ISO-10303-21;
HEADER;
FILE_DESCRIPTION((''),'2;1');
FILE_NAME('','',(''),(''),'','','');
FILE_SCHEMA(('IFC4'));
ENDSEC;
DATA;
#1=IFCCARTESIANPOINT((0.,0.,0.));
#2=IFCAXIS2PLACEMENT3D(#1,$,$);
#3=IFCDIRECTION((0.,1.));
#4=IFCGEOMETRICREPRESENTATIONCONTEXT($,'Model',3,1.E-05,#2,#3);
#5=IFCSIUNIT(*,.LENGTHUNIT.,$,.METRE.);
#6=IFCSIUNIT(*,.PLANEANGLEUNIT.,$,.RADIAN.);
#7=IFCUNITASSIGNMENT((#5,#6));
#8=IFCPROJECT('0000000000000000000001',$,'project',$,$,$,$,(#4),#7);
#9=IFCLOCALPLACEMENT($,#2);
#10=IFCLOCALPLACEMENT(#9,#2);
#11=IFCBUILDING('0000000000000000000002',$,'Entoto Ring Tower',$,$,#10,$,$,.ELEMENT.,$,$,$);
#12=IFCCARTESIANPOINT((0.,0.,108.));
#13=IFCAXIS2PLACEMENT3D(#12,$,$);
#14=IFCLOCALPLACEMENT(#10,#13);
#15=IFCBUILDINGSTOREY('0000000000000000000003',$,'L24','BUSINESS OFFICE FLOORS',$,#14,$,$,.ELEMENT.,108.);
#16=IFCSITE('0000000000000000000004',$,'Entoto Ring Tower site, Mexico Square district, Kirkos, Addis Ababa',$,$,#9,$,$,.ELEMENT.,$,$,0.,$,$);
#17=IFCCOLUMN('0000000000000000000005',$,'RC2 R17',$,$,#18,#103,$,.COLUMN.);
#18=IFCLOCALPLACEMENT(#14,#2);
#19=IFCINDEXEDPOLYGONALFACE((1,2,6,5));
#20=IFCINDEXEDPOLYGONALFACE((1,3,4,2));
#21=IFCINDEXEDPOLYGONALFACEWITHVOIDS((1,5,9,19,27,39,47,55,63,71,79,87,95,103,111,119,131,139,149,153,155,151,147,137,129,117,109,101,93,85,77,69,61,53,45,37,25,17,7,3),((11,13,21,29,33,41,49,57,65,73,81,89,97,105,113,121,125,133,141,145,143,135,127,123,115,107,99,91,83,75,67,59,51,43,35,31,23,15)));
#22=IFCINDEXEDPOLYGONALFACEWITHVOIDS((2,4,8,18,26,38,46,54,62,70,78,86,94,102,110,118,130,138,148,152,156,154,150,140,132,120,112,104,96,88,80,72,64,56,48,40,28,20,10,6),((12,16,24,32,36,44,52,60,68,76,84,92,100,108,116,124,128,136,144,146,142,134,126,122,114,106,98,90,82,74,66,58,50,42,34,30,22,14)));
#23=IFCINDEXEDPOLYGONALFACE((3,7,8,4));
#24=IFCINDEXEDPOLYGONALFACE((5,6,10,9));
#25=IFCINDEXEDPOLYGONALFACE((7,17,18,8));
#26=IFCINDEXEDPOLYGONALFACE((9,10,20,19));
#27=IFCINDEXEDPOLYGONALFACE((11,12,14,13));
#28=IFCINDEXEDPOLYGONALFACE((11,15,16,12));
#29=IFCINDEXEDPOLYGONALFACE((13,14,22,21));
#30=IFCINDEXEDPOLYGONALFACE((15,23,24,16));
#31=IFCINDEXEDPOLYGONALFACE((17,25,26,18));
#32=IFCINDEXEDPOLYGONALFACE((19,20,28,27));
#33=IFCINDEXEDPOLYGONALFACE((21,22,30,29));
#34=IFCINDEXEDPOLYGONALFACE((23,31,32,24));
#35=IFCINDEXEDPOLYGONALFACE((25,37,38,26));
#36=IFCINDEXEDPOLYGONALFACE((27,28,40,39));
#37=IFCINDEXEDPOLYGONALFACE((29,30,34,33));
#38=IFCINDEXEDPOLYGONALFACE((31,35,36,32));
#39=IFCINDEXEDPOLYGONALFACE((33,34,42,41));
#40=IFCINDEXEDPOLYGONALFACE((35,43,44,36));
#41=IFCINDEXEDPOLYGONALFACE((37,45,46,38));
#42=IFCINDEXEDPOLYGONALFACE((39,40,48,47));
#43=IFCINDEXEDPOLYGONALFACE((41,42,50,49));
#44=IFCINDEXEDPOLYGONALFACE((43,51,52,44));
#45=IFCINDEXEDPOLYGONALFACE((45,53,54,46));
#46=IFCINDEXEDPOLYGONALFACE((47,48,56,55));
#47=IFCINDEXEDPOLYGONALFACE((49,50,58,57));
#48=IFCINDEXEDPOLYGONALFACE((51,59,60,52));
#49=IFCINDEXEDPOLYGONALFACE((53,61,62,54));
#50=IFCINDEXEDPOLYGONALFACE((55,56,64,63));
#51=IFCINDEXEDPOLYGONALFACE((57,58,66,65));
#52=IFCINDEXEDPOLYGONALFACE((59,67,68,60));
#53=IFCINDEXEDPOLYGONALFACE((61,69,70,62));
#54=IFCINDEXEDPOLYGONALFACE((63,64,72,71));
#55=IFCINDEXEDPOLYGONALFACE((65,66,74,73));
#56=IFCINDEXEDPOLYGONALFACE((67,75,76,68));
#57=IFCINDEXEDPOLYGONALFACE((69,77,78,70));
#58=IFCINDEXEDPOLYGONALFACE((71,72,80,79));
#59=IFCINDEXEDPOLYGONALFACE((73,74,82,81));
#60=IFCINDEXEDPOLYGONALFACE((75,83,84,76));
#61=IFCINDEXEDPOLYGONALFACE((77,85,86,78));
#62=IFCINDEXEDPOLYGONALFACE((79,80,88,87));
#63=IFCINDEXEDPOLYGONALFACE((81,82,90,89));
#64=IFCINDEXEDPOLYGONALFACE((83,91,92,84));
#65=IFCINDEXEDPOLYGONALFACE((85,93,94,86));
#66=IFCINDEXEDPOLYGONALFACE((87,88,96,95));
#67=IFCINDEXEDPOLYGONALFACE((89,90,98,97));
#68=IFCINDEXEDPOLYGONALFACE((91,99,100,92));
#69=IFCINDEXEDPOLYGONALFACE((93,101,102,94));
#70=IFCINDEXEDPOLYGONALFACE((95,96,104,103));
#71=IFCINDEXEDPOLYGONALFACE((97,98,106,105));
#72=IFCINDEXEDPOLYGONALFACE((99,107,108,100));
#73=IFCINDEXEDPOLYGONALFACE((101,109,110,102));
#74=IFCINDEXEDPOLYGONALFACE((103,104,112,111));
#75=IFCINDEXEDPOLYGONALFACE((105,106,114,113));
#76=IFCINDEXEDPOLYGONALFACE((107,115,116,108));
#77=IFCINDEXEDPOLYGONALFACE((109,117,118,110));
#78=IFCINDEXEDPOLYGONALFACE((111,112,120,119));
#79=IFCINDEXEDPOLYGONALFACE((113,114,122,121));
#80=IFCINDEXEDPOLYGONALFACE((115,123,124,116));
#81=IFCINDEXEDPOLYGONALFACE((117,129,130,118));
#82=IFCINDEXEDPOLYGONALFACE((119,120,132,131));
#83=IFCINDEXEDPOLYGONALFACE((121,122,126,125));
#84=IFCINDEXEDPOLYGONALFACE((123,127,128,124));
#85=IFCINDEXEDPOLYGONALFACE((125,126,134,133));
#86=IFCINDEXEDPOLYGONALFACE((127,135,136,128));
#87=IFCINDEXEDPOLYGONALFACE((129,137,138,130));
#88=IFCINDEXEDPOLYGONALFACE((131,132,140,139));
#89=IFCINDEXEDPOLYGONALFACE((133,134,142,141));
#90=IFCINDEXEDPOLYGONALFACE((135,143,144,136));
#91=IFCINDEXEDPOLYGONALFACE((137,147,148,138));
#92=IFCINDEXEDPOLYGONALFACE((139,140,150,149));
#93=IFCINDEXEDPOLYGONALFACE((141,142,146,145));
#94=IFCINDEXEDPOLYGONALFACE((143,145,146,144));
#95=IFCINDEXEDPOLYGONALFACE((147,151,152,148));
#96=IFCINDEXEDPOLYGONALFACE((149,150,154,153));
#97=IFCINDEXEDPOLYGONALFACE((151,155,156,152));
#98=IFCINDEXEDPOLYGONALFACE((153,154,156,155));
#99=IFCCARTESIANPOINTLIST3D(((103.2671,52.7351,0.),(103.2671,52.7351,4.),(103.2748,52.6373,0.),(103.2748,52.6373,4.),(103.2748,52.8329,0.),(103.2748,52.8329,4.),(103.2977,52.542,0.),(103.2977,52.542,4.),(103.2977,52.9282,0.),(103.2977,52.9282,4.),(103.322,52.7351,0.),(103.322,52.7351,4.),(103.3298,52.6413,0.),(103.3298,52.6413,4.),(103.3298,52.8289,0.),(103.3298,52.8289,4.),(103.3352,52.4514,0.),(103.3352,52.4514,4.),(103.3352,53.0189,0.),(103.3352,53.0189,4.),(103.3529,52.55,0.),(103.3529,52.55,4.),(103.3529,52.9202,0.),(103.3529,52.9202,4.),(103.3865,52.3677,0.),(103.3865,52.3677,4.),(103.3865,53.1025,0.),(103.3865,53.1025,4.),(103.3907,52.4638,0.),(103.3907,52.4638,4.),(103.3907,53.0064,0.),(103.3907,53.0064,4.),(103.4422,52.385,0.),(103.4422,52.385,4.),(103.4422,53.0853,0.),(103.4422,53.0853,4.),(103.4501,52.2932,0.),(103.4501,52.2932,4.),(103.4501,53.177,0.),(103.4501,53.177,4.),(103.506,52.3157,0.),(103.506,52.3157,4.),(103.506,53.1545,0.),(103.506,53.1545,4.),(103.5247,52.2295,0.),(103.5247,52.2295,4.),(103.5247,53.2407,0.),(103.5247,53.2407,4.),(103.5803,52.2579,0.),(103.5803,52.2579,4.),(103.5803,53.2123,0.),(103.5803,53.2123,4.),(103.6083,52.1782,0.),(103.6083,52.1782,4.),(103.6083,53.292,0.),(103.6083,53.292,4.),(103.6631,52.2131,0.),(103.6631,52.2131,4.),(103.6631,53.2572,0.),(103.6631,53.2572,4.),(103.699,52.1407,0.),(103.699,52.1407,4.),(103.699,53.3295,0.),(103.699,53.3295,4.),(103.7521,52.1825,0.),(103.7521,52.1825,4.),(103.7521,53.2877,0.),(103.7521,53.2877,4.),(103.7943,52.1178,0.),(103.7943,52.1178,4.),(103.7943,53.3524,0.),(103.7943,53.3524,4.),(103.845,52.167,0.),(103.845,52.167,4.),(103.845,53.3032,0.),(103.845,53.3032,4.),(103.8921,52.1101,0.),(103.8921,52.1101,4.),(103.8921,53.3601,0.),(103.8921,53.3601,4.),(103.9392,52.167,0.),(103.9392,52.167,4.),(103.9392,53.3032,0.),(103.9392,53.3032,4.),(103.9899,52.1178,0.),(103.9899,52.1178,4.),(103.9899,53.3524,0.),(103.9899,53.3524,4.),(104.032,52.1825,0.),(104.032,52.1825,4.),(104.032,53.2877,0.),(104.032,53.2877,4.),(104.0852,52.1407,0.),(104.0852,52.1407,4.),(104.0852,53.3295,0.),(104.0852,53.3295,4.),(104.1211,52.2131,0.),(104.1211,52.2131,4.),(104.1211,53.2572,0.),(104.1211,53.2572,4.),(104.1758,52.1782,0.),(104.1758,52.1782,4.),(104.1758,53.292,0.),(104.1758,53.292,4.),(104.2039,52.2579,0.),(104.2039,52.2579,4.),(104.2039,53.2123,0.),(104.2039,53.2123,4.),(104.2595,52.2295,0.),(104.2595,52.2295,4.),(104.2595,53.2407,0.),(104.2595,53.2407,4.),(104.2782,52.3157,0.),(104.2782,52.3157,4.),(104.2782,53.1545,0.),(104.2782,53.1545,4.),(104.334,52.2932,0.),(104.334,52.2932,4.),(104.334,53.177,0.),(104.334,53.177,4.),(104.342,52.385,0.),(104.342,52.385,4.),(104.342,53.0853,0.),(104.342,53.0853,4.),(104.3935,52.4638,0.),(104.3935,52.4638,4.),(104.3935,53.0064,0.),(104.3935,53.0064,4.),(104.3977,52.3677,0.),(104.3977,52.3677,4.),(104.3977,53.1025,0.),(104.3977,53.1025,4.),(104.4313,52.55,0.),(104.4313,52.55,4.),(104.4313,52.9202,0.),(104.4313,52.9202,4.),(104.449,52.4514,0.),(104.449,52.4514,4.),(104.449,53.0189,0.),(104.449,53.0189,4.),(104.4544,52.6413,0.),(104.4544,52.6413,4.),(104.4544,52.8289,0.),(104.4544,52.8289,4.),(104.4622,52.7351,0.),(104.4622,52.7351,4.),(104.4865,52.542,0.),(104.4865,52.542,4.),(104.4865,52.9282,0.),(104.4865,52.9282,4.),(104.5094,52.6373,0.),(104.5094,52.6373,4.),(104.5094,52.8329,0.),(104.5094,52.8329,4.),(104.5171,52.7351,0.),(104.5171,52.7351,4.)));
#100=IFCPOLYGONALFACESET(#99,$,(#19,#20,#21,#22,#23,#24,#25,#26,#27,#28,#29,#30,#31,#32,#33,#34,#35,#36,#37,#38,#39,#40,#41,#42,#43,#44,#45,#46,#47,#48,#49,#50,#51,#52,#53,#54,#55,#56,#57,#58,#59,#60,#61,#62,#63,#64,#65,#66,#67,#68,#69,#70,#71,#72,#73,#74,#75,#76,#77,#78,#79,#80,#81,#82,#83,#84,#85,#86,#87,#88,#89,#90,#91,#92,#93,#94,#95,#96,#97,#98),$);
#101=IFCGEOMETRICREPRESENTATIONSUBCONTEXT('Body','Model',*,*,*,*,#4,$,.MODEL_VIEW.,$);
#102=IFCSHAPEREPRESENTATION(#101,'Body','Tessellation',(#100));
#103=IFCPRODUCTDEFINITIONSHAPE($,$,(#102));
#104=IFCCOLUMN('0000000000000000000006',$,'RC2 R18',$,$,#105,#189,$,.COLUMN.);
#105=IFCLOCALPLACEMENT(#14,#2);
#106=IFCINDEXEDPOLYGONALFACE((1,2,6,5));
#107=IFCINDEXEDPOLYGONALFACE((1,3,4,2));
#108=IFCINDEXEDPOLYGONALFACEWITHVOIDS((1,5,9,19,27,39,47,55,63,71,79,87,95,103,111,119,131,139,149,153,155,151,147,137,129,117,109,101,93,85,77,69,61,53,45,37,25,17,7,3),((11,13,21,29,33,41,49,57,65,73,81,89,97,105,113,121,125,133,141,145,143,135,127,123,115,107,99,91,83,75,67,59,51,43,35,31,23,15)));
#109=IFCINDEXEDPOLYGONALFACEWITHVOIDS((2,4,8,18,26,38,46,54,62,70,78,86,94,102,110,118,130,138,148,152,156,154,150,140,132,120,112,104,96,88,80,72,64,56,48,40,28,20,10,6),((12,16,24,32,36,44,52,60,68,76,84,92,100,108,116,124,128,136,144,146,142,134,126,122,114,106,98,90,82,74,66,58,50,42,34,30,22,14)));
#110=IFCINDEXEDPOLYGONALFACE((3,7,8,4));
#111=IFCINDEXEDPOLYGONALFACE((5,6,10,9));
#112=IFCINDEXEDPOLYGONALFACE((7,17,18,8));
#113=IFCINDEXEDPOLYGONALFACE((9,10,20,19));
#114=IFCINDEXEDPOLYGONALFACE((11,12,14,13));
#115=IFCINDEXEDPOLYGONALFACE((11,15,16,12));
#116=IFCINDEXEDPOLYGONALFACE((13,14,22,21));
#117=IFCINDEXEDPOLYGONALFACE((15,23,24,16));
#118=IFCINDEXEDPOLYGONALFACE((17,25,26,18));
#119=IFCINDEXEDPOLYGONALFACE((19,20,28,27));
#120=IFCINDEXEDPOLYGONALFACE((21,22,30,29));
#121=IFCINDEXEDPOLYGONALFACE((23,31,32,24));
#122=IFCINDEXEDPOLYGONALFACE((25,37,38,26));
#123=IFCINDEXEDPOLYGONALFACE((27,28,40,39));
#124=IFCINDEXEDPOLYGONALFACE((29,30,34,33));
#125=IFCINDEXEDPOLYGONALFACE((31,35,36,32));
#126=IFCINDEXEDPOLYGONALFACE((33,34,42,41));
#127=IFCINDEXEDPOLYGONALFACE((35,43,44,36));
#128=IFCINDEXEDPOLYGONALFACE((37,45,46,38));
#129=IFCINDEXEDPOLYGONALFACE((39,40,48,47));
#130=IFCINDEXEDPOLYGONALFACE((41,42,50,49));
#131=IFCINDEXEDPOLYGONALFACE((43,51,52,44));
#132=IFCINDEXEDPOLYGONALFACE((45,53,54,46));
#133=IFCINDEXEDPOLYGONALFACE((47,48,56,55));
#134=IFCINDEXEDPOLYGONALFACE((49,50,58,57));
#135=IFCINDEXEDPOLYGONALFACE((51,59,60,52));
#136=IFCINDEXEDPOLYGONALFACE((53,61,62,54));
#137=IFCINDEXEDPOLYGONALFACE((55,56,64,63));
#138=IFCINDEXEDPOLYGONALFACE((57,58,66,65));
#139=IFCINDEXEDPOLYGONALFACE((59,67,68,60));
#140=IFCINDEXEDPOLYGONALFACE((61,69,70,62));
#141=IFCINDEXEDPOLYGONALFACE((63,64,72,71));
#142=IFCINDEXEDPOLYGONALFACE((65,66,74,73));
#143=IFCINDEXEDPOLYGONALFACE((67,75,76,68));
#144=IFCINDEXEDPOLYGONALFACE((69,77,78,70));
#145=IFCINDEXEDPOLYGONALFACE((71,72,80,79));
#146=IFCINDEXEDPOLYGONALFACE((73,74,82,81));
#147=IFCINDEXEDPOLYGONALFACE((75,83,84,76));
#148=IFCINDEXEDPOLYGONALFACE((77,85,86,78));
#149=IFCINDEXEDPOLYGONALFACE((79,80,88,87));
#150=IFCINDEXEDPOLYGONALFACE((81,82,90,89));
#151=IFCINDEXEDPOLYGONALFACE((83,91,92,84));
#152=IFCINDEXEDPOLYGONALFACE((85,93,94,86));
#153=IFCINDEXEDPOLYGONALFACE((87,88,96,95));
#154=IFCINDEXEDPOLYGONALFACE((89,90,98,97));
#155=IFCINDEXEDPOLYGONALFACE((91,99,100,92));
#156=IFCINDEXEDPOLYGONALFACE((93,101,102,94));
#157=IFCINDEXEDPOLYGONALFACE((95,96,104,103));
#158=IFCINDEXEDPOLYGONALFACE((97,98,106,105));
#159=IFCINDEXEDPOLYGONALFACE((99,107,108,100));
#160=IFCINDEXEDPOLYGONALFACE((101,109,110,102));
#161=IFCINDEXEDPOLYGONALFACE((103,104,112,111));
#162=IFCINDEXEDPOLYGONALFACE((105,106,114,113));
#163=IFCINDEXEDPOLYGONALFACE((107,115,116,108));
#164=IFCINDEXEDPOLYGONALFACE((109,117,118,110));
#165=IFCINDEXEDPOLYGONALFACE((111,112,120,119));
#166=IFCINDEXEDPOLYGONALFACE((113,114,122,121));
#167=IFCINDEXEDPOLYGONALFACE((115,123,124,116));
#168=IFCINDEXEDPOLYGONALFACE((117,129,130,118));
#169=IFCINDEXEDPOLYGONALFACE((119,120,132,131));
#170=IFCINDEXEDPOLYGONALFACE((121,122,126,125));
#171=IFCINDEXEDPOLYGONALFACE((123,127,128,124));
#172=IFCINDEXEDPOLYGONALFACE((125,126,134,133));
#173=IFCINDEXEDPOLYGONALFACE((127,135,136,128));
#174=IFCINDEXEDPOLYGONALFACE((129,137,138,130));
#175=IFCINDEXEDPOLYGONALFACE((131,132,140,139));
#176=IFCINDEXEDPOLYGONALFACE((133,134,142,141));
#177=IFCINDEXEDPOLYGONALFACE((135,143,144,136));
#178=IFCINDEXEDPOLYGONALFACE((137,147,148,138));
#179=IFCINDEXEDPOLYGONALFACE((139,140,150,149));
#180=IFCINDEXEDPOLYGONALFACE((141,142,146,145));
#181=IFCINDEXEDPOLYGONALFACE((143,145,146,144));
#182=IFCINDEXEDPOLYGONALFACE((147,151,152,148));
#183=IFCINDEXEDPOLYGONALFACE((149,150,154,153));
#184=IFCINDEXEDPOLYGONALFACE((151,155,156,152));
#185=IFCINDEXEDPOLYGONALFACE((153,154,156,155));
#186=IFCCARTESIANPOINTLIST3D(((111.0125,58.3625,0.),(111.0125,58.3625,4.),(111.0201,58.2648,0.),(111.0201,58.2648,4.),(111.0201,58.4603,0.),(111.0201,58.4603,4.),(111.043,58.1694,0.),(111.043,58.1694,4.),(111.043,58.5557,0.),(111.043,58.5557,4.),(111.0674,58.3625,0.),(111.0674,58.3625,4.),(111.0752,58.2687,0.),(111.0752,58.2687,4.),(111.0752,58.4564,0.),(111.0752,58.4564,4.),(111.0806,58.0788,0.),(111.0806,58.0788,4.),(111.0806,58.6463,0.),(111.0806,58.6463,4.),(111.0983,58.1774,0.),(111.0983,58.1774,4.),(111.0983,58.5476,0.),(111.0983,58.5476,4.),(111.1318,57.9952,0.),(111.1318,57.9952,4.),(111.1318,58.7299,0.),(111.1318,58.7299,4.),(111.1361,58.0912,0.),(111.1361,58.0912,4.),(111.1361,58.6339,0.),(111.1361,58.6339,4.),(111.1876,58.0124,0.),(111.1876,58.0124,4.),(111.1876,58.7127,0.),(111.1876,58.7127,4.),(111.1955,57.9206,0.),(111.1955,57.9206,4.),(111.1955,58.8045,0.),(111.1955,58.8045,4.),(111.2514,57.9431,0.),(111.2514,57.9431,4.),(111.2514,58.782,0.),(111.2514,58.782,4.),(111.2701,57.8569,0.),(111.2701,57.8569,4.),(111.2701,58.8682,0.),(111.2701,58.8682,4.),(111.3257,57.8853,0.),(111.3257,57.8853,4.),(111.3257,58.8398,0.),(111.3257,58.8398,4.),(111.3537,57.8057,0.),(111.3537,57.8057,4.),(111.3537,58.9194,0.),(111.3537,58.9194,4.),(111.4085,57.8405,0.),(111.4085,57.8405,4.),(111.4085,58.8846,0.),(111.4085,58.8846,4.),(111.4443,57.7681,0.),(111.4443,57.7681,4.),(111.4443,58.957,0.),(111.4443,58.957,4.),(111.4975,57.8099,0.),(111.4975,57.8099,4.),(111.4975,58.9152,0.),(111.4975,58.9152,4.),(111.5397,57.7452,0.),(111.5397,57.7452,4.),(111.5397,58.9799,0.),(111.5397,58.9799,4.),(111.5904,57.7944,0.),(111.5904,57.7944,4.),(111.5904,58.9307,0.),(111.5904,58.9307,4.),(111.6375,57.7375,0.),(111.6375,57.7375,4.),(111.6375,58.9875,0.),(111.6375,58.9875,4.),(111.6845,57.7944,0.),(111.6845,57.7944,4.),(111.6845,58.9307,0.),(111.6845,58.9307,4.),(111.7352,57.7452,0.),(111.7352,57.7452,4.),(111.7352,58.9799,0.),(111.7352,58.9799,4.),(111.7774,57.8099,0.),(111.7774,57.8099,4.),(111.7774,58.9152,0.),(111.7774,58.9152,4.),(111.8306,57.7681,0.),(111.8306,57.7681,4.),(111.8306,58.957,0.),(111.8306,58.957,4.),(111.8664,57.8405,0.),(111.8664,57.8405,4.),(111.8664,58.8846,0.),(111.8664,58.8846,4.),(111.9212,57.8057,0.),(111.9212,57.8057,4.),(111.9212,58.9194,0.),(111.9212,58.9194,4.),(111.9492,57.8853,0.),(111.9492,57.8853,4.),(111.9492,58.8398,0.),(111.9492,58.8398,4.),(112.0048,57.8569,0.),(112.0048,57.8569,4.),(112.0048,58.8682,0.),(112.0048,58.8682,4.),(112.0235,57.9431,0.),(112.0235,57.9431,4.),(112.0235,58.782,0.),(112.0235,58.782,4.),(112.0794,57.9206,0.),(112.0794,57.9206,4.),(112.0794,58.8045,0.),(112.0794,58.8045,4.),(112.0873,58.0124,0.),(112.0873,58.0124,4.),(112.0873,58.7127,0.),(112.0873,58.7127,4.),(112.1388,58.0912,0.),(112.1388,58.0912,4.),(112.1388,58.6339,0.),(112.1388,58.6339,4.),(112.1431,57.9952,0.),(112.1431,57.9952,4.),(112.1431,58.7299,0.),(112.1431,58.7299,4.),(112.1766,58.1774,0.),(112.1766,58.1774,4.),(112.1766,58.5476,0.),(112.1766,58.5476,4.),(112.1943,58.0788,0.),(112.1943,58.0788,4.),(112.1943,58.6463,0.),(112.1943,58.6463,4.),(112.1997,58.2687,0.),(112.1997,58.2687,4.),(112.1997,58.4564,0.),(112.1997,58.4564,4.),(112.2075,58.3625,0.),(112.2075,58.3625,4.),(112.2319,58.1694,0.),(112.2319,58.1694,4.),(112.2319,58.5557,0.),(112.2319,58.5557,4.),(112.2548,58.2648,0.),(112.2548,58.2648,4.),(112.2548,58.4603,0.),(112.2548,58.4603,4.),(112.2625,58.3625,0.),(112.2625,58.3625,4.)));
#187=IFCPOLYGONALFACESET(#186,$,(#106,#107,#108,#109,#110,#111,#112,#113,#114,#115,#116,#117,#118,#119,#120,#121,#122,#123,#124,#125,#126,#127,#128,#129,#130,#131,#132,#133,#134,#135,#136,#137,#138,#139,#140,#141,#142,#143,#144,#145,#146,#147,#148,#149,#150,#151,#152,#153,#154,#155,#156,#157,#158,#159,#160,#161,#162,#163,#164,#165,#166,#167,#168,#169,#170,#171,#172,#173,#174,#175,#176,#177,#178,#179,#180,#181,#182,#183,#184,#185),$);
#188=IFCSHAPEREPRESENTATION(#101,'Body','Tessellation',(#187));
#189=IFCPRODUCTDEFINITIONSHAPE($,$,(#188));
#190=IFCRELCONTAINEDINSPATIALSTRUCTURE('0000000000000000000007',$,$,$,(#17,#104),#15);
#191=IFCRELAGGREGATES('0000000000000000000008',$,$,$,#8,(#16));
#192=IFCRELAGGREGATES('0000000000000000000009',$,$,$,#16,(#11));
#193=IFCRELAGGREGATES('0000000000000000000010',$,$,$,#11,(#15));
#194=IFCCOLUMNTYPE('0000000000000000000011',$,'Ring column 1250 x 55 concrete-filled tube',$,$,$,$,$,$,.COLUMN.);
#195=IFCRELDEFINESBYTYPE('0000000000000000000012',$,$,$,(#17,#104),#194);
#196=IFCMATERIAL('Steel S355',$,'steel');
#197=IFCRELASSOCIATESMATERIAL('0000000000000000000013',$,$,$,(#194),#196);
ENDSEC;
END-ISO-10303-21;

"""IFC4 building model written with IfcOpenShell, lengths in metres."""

from ifc_helpers import new_model, si_unit, direction, frame, origin, origin_2d, place, context, subcontext, project, spatial, circle, hollow_circle, extrude, material, material_profile, profile_set, type_object, element, save


model = new_model("IFC4")

# Units and contexts
model_context = context("Model", 3, precision=1e-05, world=origin(), true_north=direction((0.0, 1.0)))
body_context = subcontext(model_context, "Body", "Model", "MODEL_VIEW")
ifc_project = project(units=[si_unit("LENGTHUNIT", "METRE"), si_unit("PLANEANGLEUNIT", "RADIAN")], contexts=[model_context])

# Site, building, storey
site_placement = place(None, origin())
site = spatial("IfcSite", under=ifc_project, at=site_placement, Name="Entoto Ring Tower site, Mexico Square district, Kirkos, Addis Ababa", CompositionType="ELEMENT", RefElevation=0.0)
building_placement = place(site_placement, origin())
building = spatial("IfcBuilding", under=site, at=building_placement, Name="Entoto Ring Tower", CompositionType="ELEMENT")
storey_placement = place(building_placement, frame((0.0, 0.0, 108.0)))
storey = spatial("IfcBuildingStorey", under=building, at=storey_placement, Name="L24", Description="BUSINESS OFFICE FLOORS", CompositionType="ELEMENT", Elevation=108.0)

# Columns
ifc_material_1 = material(Name="Steel S355", Category="steel")
ifc_material_profile_1 = material_profile(ifc_material_1, hollow_circle(Radius=0.625, WallThickness=0.0549, at=origin_2d()), Name="CHS 1250 x 55")
ifc_material_2 = material(Name="Concrete C60/75", Category="concrete")
ifc_material_profile_2 = material_profile(ifc_material_2, circle(Radius=0.5701, at=origin_2d()), Name="Concrete C60/75 infill")
ifc_profile_set_1 = profile_set([ifc_material_profile_1, ifc_material_profile_2], Name="Steel S355")
column_type = type_object("IfcColumnType", Name="Ring column 1250 x 55 concrete-filled tube", PredefinedType="COLUMN", material=ifc_profile_set_1)
for number, where, z_axis, x_axis, name in (
    (1, (103.8921, 52.7351, 0.0), (0.0, 0.0, 1.0), (1.0, 0.0, 0.0), "RC2 R17"),
    (2, (111.6375, 58.3625, 0.0), (0.0, 0.0, 1.0), (1.0, 0.0, 0.0), "RC2 R18"),
):
    element("IfcColumn", number, at=place(storey_placement, frame(where, z_axis=z_axis, x_axis=x_axis)), inside=storey, type_object=column_type, Name=name, PredefinedType="COLUMN", context=body_context, shape_type="SweptSolid", body=[
        extrude(hollow_circle(Radius=0.625, WallThickness=0.0549, at=origin_2d()), origin(), (0.0, 0.0, 1.0), 4.0),
    ])

save(model, "model.ifc")
